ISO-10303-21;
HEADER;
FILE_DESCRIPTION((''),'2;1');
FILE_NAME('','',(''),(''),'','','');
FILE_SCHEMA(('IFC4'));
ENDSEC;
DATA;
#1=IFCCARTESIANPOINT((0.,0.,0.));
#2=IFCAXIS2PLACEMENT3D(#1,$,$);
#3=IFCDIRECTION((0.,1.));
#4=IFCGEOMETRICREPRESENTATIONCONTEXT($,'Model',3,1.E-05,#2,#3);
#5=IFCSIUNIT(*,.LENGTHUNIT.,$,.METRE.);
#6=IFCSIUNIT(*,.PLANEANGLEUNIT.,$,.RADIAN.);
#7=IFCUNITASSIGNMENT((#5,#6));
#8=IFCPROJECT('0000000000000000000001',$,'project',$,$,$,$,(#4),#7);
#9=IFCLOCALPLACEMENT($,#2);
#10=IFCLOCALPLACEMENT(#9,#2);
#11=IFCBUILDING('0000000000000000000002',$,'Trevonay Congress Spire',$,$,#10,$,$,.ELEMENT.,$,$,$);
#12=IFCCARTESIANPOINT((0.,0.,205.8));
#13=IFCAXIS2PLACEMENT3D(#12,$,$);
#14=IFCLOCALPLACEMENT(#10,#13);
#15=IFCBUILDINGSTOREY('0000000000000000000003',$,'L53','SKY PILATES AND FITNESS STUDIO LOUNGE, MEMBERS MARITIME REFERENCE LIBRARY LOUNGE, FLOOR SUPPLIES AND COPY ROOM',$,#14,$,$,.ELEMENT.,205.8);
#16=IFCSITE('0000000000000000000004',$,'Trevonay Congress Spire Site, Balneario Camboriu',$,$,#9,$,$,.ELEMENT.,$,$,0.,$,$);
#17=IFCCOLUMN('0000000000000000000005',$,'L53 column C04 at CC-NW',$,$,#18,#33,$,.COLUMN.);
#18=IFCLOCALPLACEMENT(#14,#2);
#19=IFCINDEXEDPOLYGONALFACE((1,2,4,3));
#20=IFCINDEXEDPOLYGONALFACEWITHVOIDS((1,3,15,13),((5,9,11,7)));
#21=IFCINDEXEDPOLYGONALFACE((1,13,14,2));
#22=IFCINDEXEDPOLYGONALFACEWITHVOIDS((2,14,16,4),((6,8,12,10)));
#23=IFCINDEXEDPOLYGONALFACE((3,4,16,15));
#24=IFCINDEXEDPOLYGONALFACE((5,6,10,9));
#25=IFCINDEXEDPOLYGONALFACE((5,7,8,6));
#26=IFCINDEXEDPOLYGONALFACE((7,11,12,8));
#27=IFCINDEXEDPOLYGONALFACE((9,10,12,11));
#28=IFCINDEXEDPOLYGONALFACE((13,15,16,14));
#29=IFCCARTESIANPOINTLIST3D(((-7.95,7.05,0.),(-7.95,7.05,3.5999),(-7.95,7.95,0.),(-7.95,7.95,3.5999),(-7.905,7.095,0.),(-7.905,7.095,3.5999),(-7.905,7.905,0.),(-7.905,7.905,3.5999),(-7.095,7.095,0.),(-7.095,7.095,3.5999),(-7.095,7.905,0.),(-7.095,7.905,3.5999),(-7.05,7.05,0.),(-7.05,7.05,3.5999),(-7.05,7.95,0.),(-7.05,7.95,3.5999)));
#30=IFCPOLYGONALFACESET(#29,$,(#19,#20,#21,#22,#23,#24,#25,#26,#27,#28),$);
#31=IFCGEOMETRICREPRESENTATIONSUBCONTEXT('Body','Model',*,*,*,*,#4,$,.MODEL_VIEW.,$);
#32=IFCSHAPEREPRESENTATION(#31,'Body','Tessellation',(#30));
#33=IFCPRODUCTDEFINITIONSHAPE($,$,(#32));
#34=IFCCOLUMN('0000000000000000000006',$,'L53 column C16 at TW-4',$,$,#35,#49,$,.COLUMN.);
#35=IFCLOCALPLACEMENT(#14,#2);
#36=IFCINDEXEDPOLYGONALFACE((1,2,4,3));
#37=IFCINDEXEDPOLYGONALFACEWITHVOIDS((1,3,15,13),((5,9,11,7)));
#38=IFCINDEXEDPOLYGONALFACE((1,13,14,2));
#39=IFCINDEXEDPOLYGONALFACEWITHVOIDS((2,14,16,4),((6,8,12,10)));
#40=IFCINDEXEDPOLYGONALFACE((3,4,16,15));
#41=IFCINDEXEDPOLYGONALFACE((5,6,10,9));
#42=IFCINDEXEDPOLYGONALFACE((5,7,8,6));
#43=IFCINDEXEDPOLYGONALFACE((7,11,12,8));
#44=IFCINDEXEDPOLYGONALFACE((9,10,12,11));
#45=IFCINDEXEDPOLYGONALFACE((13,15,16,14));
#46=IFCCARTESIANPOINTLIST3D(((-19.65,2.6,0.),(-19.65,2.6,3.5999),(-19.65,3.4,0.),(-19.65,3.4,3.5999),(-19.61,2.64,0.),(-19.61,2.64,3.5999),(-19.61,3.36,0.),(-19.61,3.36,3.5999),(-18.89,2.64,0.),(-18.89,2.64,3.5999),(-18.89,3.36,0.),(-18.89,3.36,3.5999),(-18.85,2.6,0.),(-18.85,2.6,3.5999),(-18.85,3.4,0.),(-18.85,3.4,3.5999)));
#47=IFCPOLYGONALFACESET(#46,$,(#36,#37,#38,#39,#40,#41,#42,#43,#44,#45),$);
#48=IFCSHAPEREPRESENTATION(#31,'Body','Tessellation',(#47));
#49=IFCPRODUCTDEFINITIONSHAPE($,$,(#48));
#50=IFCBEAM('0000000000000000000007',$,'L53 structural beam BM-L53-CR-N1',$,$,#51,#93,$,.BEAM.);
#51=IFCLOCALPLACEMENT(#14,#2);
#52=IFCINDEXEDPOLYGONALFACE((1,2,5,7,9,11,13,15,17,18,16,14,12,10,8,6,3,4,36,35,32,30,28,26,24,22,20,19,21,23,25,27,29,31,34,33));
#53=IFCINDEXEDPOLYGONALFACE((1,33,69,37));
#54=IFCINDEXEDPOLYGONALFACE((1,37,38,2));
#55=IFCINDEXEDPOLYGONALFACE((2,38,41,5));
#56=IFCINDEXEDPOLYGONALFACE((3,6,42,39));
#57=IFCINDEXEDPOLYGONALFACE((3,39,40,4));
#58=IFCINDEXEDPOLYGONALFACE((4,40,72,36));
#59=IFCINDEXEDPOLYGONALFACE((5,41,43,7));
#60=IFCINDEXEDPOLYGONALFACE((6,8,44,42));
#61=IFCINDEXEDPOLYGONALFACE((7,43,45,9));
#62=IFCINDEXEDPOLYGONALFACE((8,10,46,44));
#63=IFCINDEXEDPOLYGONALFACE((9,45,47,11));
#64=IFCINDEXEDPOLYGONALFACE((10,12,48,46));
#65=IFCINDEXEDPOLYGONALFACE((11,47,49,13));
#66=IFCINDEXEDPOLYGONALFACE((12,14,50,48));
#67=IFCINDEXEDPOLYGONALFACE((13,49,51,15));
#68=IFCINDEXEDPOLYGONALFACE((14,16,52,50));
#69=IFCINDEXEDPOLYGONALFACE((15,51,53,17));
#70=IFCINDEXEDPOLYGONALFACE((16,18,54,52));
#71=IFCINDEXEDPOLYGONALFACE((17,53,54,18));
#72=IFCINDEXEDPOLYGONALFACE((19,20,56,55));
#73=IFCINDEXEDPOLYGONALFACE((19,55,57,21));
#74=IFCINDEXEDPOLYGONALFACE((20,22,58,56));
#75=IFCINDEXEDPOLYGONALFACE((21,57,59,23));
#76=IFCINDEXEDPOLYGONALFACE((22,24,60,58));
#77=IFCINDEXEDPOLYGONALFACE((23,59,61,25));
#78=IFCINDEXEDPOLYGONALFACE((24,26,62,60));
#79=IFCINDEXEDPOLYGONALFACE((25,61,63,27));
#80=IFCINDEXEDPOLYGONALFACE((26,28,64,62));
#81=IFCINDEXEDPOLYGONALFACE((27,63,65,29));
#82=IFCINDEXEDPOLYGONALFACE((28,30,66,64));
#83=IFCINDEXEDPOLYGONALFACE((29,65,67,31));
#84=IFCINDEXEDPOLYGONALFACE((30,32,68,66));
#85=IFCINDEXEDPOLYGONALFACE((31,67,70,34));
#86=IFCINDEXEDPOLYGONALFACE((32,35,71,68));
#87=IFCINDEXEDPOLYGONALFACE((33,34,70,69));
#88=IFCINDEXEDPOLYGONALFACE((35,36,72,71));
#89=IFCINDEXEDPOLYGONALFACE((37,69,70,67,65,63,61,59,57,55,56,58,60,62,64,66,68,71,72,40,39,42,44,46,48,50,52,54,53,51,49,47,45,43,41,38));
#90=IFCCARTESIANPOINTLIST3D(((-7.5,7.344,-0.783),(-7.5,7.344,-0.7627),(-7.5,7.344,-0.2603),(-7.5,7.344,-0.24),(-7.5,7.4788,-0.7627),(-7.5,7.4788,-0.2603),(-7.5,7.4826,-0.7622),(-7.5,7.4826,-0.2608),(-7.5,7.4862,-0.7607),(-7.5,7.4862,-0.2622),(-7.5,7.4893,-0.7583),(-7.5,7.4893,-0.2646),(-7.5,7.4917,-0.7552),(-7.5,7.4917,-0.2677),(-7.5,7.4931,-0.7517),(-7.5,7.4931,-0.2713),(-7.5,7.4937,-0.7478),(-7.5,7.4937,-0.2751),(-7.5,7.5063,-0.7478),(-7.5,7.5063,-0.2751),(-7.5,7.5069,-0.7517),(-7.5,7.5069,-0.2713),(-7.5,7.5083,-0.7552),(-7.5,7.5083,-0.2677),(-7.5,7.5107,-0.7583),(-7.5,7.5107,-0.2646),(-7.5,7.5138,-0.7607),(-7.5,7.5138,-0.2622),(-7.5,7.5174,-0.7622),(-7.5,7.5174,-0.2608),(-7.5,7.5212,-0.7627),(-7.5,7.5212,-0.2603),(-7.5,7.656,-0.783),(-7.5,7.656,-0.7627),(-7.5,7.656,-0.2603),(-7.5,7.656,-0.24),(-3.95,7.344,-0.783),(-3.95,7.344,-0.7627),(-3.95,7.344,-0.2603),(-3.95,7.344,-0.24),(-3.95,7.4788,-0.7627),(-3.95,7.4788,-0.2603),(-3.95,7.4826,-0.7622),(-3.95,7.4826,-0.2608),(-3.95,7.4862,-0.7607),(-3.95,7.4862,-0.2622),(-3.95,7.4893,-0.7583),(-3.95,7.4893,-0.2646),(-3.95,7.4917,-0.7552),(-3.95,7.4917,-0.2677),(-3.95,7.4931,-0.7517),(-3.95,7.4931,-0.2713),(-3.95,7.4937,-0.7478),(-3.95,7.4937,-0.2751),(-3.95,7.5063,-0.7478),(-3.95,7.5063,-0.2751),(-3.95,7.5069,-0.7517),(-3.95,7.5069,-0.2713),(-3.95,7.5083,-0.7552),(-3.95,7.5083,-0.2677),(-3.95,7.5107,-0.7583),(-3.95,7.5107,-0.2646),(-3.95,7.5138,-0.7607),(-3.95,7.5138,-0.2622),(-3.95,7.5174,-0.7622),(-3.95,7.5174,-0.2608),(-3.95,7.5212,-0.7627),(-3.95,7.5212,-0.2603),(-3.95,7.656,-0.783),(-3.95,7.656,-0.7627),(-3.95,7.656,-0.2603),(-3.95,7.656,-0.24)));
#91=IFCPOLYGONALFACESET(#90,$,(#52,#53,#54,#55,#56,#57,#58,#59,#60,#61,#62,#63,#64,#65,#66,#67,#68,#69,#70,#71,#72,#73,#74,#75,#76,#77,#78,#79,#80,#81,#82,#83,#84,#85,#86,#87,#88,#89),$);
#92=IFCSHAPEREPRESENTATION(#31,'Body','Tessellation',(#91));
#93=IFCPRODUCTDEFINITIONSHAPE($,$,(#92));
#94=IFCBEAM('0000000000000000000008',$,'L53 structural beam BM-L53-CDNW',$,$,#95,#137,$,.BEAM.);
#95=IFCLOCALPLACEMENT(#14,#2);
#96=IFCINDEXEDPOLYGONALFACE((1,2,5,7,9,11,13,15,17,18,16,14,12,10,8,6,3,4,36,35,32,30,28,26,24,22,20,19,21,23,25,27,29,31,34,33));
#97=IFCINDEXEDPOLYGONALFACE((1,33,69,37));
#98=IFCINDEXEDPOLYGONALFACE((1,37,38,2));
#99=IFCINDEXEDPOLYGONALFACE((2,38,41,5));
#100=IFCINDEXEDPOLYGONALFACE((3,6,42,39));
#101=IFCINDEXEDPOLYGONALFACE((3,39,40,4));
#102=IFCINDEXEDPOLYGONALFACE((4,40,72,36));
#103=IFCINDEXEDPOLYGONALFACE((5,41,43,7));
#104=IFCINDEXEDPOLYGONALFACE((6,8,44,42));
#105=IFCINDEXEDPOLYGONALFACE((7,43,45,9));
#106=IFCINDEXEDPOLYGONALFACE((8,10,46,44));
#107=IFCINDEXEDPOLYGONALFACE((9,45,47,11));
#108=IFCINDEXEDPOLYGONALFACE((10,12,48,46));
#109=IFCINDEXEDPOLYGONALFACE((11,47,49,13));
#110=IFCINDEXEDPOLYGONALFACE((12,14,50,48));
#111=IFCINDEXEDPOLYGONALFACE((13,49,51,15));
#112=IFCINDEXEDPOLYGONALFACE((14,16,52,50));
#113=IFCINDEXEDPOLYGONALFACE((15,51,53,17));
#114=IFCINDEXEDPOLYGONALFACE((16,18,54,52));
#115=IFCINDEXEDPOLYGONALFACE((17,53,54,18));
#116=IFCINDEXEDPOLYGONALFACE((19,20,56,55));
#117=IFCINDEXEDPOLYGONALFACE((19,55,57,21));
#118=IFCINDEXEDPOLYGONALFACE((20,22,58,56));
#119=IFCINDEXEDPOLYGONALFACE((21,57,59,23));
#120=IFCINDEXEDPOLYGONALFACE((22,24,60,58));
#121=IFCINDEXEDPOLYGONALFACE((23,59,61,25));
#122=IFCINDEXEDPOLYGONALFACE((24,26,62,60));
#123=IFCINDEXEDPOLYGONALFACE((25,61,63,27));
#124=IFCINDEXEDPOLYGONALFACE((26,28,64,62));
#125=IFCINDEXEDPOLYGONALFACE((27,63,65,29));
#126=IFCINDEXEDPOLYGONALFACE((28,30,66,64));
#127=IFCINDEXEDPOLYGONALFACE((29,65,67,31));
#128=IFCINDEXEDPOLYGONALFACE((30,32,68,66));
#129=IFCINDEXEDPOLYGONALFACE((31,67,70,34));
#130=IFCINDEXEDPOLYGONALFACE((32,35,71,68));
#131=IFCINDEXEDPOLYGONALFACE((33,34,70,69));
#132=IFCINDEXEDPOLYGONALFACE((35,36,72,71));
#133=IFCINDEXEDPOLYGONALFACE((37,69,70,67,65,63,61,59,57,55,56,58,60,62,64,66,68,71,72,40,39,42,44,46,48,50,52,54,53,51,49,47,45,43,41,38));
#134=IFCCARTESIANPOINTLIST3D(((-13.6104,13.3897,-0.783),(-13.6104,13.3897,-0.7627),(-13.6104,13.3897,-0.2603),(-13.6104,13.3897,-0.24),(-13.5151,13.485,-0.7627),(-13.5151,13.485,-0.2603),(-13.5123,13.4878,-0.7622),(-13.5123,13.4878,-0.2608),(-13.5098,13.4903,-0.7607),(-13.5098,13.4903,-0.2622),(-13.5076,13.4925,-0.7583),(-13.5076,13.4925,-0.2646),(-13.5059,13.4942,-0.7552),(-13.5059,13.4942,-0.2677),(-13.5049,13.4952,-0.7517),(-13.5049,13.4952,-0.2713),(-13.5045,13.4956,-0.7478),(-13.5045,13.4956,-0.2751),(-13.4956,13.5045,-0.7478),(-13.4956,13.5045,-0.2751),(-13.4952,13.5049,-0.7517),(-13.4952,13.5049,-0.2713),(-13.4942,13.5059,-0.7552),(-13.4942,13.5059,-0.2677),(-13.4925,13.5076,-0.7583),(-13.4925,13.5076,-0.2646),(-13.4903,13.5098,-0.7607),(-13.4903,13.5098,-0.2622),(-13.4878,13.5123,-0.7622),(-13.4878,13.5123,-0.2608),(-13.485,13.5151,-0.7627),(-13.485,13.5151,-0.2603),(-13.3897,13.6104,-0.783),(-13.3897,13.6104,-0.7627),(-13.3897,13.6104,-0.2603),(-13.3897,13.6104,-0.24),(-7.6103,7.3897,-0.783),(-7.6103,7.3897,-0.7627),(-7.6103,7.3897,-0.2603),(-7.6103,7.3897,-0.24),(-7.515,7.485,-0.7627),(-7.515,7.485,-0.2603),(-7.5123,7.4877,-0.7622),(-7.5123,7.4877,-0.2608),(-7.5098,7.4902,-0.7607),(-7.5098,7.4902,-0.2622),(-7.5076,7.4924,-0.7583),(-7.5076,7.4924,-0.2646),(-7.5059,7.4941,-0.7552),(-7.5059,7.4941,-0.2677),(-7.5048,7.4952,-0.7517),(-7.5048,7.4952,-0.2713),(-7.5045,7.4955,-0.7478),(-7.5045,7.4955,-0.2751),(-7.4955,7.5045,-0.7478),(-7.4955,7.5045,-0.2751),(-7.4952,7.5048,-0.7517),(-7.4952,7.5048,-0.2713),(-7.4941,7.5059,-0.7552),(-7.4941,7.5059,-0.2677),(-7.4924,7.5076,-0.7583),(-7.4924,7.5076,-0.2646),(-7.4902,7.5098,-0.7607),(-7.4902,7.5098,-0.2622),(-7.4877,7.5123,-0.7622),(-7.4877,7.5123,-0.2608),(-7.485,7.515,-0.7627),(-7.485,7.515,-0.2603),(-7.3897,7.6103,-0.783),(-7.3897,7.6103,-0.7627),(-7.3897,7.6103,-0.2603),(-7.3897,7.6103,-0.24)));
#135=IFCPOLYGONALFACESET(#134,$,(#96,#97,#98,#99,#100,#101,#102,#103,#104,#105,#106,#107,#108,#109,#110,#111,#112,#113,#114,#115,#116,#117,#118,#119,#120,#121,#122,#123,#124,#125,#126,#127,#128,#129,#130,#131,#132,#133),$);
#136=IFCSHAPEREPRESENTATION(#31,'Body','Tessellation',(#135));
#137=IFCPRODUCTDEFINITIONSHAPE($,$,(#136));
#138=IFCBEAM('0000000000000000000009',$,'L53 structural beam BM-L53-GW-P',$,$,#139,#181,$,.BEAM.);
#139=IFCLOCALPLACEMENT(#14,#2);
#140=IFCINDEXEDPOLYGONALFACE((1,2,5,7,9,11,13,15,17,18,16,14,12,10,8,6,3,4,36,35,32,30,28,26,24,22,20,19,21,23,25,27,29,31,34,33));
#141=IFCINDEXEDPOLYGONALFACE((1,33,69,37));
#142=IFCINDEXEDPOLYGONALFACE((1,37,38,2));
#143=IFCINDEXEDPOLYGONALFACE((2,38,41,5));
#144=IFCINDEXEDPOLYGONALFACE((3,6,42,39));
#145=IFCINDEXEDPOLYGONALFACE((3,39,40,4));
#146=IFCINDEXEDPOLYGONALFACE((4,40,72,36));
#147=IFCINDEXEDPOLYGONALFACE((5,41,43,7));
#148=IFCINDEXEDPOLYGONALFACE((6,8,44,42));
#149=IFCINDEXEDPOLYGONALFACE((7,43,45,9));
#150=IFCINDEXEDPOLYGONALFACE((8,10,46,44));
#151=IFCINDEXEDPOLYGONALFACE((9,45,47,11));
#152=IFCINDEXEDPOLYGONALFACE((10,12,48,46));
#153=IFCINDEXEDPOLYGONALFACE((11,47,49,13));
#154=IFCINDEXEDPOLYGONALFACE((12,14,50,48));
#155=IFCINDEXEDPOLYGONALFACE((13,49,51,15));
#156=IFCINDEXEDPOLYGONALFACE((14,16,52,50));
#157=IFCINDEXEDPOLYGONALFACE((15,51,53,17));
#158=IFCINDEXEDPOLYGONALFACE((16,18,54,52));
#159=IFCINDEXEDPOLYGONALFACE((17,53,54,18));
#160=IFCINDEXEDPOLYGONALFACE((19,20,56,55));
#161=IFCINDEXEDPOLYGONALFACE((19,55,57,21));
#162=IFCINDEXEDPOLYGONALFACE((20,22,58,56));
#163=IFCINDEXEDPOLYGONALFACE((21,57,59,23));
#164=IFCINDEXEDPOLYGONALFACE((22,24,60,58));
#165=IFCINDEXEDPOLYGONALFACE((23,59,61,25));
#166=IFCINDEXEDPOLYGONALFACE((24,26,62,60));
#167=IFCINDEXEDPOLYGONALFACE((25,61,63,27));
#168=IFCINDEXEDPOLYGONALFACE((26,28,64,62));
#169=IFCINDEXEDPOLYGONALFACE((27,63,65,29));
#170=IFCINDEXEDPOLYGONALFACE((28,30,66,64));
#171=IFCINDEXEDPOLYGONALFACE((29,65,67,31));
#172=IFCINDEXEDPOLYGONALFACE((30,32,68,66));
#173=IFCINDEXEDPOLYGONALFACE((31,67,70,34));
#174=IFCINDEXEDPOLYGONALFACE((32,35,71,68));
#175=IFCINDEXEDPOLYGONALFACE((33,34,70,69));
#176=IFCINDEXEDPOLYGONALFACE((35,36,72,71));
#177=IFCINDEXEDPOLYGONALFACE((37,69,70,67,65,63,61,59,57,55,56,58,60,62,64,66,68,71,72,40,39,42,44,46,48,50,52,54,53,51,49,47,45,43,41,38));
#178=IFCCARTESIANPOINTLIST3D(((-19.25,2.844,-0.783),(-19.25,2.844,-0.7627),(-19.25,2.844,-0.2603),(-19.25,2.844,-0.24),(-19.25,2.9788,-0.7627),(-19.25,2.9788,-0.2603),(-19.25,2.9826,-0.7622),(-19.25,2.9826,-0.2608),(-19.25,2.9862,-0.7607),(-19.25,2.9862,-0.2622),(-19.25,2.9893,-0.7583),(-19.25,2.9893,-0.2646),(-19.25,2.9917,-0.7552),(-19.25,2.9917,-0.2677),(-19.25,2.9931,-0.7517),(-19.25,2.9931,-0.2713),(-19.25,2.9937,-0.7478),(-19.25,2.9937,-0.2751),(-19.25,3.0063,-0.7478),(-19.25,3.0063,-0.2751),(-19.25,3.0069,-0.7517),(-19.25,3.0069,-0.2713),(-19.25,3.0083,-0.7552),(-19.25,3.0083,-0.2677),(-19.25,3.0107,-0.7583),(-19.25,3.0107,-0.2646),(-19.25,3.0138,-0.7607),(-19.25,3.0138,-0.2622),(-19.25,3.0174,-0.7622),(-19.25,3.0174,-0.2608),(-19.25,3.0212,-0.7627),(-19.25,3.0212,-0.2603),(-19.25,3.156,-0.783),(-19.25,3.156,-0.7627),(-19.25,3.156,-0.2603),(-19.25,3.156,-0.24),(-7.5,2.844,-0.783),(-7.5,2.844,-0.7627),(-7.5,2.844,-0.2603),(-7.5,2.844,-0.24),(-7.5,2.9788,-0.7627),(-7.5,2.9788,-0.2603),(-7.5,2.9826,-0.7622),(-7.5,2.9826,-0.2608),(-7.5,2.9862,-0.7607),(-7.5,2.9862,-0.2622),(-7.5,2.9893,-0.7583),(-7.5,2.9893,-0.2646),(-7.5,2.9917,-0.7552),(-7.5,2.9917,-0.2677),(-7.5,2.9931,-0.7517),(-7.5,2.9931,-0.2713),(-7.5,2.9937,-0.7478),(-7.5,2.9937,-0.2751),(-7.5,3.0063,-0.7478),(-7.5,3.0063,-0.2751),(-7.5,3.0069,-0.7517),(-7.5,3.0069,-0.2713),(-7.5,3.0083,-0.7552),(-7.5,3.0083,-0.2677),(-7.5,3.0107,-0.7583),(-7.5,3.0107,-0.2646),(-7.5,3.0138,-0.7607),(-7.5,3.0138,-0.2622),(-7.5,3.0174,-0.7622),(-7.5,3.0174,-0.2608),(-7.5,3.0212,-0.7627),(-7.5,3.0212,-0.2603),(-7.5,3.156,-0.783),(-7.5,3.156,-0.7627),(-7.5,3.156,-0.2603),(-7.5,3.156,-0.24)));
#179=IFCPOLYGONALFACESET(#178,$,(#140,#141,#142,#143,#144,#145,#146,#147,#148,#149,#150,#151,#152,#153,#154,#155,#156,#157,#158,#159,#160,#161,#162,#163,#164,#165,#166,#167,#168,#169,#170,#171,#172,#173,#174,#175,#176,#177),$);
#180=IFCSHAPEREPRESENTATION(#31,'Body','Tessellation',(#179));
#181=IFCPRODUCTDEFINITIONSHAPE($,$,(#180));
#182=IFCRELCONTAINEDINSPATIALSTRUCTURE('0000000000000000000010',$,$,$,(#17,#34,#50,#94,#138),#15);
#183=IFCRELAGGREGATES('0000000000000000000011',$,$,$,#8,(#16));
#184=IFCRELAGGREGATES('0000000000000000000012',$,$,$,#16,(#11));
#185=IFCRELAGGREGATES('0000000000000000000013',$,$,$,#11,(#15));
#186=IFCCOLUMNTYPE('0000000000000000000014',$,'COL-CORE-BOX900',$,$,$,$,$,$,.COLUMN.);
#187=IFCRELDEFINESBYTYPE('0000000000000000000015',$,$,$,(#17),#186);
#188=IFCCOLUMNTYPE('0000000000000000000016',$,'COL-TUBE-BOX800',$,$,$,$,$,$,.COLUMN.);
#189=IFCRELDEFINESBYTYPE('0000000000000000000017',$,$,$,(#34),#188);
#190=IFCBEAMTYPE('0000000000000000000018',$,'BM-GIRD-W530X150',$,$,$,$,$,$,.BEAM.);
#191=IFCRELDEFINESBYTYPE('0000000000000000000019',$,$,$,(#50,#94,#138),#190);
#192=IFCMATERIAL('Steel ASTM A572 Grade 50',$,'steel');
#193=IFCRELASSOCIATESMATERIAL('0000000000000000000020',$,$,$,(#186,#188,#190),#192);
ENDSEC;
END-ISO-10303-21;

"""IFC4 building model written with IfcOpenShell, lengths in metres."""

from ifc_helpers import new_model, si_unit, direction, frame, origin, origin_2d, place, context, subcontext, project, spatial, hollow_rectangle, i_section, extrude, material, material_profile, profile_set, type_object, element, save


model = new_model("IFC4")

# Units and contexts
model_context = context("Model", 3, precision=1e-05, world=origin(), true_north=direction((0.0, 1.0)))
body_context = subcontext(model_context, "Body", "Model", "MODEL_VIEW")
ifc_project = project(units=[si_unit("LENGTHUNIT", "METRE"), si_unit("PLANEANGLEUNIT", "RADIAN")], contexts=[model_context])

# Site, building, storey
site_placement = place(None, origin())
site = spatial("IfcSite", under=ifc_project, at=site_placement, Name="Trevonay Congress Spire Site, Balneario Camboriu", CompositionType="ELEMENT", RefElevation=0.0)
building_placement = place(site_placement, origin())
building = spatial("IfcBuilding", under=site, at=building_placement, Name="Trevonay Congress Spire", CompositionType="ELEMENT")
storey_placement = place(building_placement, frame((0.0, 0.0, 205.8)))
storey = spatial("IfcBuildingStorey", under=building, at=storey_placement, Name="L53", Description="SKY PILATES AND FITNESS STUDIO LOUNGE, MEMBERS MARITIME REFERENCE LIBRARY LOUNGE, FLOOR SUPPLIES AND COPY ROOM", CompositionType="ELEMENT", Elevation=205.8)

# Columns
ifc_material_1 = material(Name="Steel ASTM A572 Grade 50", Category="steel")
ifc_material_profile_1 = material_profile(ifc_material_1, hollow_rectangle(XDim=0.8999, YDim=0.8999, WallThickness=0.0449, at=origin_2d()), Name="BOX 900x900x45")
ifc_profile_set_1 = profile_set([ifc_material_profile_1], Name="Steel ASTM A572 Grade 50")
column_type_1 = type_object("IfcColumnType", Name="COL-CORE-BOX900", PredefinedType="COLUMN", material=ifc_profile_set_1)
column_1_placement = place(storey_placement, frame((-7.5, 7.5, 0.0), z_axis=(0.0, 0.0, 1.0), x_axis=(1.0, 0.0, 0.0)))
element("IfcColumn", 1, at=column_1_placement, inside=storey, type_object=column_type_1, Name="L53 column C04 at CC-NW", PredefinedType="COLUMN", context=body_context, shape_type="SweptSolid", body=[
    extrude(hollow_rectangle(XDim=0.8999, YDim=0.8999, WallThickness=0.0449, at=origin_2d()), origin(), (0.0, 0.0, 1.0), 3.5999),
])
ifc_material_profile_2 = material_profile(ifc_material_1, hollow_rectangle(XDim=0.8, YDim=0.8, WallThickness=0.04, at=origin_2d()), Name="BOX 800x800x40")
ifc_profile_set_2 = profile_set([ifc_material_profile_2], Name="Steel ASTM A572 Grade 50")
column_type_2 = type_object("IfcColumnType", Name="COL-TUBE-BOX800", PredefinedType="COLUMN", material=ifc_profile_set_2)
column_2_placement = place(storey_placement, frame((-19.25, 3.0, 0.0), z_axis=(0.0, 0.0, 1.0), x_axis=(1.0, 0.0, 0.0)))
element("IfcColumn", 2, at=column_2_placement, inside=storey, type_object=column_type_2, Name="L53 column C16 at TW-4", PredefinedType="COLUMN", context=body_context, shape_type="SweptSolid", body=[
    extrude(hollow_rectangle(XDim=0.8, YDim=0.8, WallThickness=0.04, at=origin_2d()), origin(), (0.0, 0.0, 1.0), 3.5999),
])

# Beams
ifc_material_profile_3 = material_profile(ifc_material_1, i_section(OverallWidth=0.312, OverallDepth=0.543, WebThickness=0.0127, FlangeThickness=0.0203, FilletRadius=0.0149, at=origin_2d()), Name="W530x150")
ifc_profile_set_3 = profile_set([ifc_material_profile_3], Name="Steel ASTM A572 Grade 50")
beam_type_1 = type_object("IfcBeamType", Name="BM-GIRD-W530X150", PredefinedType="BEAM", material=ifc_profile_set_3)
beam_1_placement = place(storey_placement, frame((-7.5, 7.5, -0.5115), z_axis=(1.0, 0.0, 0.0), x_axis=(0.0, 1.0, 0.0)))
element("IfcBeam", 3, at=beam_1_placement, inside=storey, type_object=beam_type_1, Name="L53 structural beam BM-L53-CR-N1", PredefinedType="BEAM", context=body_context, shape_type="SweptSolid", body=[
    extrude(i_section(OverallWidth=0.312, OverallDepth=0.543, WebThickness=0.0127, FlangeThickness=0.0203, FilletRadius=0.0149, at=origin_2d()), origin(), (0.0, 0.0, 1.0), 3.55),
])
beam_2_placement = place(storey_placement, frame((-7.5, 7.5, -0.5115), z_axis=(-0.707107, 0.707107, 0.0), x_axis=(-0.707107, -0.707107, 0.0)))
element("IfcBeam", 4, at=beam_2_placement, inside=storey, type_object=beam_type_1, Name="L53 structural beam BM-L53-CDNW", PredefinedType="BEAM", context=body_context, shape_type="SweptSolid", body=[
    extrude(i_section(OverallWidth=0.312, OverallDepth=0.543, WebThickness=0.0127, FlangeThickness=0.0203, FilletRadius=0.0149, at=origin_2d()), origin(), (0.0, 0.0, 1.0), 8.4854),
])
beam_3_placement = place(storey_placement, frame((-7.5, 3.0, -0.5115), z_axis=(-1.0, 0.0, 0.0), x_axis=(0.0, -1.0, 0.0)))
element("IfcBeam", 5, at=beam_3_placement, inside=storey, type_object=beam_type_1, Name="L53 structural beam BM-L53-GW-P", PredefinedType="BEAM", context=body_context, shape_type="SweptSolid", body=[
    extrude(i_section(OverallWidth=0.312, OverallDepth=0.543, WebThickness=0.0127, FlangeThickness=0.0203, FilletRadius=0.0149, at=origin_2d()), origin(), (0.0, 0.0, 1.0), 11.75),
])

save(model, "model.ifc")
